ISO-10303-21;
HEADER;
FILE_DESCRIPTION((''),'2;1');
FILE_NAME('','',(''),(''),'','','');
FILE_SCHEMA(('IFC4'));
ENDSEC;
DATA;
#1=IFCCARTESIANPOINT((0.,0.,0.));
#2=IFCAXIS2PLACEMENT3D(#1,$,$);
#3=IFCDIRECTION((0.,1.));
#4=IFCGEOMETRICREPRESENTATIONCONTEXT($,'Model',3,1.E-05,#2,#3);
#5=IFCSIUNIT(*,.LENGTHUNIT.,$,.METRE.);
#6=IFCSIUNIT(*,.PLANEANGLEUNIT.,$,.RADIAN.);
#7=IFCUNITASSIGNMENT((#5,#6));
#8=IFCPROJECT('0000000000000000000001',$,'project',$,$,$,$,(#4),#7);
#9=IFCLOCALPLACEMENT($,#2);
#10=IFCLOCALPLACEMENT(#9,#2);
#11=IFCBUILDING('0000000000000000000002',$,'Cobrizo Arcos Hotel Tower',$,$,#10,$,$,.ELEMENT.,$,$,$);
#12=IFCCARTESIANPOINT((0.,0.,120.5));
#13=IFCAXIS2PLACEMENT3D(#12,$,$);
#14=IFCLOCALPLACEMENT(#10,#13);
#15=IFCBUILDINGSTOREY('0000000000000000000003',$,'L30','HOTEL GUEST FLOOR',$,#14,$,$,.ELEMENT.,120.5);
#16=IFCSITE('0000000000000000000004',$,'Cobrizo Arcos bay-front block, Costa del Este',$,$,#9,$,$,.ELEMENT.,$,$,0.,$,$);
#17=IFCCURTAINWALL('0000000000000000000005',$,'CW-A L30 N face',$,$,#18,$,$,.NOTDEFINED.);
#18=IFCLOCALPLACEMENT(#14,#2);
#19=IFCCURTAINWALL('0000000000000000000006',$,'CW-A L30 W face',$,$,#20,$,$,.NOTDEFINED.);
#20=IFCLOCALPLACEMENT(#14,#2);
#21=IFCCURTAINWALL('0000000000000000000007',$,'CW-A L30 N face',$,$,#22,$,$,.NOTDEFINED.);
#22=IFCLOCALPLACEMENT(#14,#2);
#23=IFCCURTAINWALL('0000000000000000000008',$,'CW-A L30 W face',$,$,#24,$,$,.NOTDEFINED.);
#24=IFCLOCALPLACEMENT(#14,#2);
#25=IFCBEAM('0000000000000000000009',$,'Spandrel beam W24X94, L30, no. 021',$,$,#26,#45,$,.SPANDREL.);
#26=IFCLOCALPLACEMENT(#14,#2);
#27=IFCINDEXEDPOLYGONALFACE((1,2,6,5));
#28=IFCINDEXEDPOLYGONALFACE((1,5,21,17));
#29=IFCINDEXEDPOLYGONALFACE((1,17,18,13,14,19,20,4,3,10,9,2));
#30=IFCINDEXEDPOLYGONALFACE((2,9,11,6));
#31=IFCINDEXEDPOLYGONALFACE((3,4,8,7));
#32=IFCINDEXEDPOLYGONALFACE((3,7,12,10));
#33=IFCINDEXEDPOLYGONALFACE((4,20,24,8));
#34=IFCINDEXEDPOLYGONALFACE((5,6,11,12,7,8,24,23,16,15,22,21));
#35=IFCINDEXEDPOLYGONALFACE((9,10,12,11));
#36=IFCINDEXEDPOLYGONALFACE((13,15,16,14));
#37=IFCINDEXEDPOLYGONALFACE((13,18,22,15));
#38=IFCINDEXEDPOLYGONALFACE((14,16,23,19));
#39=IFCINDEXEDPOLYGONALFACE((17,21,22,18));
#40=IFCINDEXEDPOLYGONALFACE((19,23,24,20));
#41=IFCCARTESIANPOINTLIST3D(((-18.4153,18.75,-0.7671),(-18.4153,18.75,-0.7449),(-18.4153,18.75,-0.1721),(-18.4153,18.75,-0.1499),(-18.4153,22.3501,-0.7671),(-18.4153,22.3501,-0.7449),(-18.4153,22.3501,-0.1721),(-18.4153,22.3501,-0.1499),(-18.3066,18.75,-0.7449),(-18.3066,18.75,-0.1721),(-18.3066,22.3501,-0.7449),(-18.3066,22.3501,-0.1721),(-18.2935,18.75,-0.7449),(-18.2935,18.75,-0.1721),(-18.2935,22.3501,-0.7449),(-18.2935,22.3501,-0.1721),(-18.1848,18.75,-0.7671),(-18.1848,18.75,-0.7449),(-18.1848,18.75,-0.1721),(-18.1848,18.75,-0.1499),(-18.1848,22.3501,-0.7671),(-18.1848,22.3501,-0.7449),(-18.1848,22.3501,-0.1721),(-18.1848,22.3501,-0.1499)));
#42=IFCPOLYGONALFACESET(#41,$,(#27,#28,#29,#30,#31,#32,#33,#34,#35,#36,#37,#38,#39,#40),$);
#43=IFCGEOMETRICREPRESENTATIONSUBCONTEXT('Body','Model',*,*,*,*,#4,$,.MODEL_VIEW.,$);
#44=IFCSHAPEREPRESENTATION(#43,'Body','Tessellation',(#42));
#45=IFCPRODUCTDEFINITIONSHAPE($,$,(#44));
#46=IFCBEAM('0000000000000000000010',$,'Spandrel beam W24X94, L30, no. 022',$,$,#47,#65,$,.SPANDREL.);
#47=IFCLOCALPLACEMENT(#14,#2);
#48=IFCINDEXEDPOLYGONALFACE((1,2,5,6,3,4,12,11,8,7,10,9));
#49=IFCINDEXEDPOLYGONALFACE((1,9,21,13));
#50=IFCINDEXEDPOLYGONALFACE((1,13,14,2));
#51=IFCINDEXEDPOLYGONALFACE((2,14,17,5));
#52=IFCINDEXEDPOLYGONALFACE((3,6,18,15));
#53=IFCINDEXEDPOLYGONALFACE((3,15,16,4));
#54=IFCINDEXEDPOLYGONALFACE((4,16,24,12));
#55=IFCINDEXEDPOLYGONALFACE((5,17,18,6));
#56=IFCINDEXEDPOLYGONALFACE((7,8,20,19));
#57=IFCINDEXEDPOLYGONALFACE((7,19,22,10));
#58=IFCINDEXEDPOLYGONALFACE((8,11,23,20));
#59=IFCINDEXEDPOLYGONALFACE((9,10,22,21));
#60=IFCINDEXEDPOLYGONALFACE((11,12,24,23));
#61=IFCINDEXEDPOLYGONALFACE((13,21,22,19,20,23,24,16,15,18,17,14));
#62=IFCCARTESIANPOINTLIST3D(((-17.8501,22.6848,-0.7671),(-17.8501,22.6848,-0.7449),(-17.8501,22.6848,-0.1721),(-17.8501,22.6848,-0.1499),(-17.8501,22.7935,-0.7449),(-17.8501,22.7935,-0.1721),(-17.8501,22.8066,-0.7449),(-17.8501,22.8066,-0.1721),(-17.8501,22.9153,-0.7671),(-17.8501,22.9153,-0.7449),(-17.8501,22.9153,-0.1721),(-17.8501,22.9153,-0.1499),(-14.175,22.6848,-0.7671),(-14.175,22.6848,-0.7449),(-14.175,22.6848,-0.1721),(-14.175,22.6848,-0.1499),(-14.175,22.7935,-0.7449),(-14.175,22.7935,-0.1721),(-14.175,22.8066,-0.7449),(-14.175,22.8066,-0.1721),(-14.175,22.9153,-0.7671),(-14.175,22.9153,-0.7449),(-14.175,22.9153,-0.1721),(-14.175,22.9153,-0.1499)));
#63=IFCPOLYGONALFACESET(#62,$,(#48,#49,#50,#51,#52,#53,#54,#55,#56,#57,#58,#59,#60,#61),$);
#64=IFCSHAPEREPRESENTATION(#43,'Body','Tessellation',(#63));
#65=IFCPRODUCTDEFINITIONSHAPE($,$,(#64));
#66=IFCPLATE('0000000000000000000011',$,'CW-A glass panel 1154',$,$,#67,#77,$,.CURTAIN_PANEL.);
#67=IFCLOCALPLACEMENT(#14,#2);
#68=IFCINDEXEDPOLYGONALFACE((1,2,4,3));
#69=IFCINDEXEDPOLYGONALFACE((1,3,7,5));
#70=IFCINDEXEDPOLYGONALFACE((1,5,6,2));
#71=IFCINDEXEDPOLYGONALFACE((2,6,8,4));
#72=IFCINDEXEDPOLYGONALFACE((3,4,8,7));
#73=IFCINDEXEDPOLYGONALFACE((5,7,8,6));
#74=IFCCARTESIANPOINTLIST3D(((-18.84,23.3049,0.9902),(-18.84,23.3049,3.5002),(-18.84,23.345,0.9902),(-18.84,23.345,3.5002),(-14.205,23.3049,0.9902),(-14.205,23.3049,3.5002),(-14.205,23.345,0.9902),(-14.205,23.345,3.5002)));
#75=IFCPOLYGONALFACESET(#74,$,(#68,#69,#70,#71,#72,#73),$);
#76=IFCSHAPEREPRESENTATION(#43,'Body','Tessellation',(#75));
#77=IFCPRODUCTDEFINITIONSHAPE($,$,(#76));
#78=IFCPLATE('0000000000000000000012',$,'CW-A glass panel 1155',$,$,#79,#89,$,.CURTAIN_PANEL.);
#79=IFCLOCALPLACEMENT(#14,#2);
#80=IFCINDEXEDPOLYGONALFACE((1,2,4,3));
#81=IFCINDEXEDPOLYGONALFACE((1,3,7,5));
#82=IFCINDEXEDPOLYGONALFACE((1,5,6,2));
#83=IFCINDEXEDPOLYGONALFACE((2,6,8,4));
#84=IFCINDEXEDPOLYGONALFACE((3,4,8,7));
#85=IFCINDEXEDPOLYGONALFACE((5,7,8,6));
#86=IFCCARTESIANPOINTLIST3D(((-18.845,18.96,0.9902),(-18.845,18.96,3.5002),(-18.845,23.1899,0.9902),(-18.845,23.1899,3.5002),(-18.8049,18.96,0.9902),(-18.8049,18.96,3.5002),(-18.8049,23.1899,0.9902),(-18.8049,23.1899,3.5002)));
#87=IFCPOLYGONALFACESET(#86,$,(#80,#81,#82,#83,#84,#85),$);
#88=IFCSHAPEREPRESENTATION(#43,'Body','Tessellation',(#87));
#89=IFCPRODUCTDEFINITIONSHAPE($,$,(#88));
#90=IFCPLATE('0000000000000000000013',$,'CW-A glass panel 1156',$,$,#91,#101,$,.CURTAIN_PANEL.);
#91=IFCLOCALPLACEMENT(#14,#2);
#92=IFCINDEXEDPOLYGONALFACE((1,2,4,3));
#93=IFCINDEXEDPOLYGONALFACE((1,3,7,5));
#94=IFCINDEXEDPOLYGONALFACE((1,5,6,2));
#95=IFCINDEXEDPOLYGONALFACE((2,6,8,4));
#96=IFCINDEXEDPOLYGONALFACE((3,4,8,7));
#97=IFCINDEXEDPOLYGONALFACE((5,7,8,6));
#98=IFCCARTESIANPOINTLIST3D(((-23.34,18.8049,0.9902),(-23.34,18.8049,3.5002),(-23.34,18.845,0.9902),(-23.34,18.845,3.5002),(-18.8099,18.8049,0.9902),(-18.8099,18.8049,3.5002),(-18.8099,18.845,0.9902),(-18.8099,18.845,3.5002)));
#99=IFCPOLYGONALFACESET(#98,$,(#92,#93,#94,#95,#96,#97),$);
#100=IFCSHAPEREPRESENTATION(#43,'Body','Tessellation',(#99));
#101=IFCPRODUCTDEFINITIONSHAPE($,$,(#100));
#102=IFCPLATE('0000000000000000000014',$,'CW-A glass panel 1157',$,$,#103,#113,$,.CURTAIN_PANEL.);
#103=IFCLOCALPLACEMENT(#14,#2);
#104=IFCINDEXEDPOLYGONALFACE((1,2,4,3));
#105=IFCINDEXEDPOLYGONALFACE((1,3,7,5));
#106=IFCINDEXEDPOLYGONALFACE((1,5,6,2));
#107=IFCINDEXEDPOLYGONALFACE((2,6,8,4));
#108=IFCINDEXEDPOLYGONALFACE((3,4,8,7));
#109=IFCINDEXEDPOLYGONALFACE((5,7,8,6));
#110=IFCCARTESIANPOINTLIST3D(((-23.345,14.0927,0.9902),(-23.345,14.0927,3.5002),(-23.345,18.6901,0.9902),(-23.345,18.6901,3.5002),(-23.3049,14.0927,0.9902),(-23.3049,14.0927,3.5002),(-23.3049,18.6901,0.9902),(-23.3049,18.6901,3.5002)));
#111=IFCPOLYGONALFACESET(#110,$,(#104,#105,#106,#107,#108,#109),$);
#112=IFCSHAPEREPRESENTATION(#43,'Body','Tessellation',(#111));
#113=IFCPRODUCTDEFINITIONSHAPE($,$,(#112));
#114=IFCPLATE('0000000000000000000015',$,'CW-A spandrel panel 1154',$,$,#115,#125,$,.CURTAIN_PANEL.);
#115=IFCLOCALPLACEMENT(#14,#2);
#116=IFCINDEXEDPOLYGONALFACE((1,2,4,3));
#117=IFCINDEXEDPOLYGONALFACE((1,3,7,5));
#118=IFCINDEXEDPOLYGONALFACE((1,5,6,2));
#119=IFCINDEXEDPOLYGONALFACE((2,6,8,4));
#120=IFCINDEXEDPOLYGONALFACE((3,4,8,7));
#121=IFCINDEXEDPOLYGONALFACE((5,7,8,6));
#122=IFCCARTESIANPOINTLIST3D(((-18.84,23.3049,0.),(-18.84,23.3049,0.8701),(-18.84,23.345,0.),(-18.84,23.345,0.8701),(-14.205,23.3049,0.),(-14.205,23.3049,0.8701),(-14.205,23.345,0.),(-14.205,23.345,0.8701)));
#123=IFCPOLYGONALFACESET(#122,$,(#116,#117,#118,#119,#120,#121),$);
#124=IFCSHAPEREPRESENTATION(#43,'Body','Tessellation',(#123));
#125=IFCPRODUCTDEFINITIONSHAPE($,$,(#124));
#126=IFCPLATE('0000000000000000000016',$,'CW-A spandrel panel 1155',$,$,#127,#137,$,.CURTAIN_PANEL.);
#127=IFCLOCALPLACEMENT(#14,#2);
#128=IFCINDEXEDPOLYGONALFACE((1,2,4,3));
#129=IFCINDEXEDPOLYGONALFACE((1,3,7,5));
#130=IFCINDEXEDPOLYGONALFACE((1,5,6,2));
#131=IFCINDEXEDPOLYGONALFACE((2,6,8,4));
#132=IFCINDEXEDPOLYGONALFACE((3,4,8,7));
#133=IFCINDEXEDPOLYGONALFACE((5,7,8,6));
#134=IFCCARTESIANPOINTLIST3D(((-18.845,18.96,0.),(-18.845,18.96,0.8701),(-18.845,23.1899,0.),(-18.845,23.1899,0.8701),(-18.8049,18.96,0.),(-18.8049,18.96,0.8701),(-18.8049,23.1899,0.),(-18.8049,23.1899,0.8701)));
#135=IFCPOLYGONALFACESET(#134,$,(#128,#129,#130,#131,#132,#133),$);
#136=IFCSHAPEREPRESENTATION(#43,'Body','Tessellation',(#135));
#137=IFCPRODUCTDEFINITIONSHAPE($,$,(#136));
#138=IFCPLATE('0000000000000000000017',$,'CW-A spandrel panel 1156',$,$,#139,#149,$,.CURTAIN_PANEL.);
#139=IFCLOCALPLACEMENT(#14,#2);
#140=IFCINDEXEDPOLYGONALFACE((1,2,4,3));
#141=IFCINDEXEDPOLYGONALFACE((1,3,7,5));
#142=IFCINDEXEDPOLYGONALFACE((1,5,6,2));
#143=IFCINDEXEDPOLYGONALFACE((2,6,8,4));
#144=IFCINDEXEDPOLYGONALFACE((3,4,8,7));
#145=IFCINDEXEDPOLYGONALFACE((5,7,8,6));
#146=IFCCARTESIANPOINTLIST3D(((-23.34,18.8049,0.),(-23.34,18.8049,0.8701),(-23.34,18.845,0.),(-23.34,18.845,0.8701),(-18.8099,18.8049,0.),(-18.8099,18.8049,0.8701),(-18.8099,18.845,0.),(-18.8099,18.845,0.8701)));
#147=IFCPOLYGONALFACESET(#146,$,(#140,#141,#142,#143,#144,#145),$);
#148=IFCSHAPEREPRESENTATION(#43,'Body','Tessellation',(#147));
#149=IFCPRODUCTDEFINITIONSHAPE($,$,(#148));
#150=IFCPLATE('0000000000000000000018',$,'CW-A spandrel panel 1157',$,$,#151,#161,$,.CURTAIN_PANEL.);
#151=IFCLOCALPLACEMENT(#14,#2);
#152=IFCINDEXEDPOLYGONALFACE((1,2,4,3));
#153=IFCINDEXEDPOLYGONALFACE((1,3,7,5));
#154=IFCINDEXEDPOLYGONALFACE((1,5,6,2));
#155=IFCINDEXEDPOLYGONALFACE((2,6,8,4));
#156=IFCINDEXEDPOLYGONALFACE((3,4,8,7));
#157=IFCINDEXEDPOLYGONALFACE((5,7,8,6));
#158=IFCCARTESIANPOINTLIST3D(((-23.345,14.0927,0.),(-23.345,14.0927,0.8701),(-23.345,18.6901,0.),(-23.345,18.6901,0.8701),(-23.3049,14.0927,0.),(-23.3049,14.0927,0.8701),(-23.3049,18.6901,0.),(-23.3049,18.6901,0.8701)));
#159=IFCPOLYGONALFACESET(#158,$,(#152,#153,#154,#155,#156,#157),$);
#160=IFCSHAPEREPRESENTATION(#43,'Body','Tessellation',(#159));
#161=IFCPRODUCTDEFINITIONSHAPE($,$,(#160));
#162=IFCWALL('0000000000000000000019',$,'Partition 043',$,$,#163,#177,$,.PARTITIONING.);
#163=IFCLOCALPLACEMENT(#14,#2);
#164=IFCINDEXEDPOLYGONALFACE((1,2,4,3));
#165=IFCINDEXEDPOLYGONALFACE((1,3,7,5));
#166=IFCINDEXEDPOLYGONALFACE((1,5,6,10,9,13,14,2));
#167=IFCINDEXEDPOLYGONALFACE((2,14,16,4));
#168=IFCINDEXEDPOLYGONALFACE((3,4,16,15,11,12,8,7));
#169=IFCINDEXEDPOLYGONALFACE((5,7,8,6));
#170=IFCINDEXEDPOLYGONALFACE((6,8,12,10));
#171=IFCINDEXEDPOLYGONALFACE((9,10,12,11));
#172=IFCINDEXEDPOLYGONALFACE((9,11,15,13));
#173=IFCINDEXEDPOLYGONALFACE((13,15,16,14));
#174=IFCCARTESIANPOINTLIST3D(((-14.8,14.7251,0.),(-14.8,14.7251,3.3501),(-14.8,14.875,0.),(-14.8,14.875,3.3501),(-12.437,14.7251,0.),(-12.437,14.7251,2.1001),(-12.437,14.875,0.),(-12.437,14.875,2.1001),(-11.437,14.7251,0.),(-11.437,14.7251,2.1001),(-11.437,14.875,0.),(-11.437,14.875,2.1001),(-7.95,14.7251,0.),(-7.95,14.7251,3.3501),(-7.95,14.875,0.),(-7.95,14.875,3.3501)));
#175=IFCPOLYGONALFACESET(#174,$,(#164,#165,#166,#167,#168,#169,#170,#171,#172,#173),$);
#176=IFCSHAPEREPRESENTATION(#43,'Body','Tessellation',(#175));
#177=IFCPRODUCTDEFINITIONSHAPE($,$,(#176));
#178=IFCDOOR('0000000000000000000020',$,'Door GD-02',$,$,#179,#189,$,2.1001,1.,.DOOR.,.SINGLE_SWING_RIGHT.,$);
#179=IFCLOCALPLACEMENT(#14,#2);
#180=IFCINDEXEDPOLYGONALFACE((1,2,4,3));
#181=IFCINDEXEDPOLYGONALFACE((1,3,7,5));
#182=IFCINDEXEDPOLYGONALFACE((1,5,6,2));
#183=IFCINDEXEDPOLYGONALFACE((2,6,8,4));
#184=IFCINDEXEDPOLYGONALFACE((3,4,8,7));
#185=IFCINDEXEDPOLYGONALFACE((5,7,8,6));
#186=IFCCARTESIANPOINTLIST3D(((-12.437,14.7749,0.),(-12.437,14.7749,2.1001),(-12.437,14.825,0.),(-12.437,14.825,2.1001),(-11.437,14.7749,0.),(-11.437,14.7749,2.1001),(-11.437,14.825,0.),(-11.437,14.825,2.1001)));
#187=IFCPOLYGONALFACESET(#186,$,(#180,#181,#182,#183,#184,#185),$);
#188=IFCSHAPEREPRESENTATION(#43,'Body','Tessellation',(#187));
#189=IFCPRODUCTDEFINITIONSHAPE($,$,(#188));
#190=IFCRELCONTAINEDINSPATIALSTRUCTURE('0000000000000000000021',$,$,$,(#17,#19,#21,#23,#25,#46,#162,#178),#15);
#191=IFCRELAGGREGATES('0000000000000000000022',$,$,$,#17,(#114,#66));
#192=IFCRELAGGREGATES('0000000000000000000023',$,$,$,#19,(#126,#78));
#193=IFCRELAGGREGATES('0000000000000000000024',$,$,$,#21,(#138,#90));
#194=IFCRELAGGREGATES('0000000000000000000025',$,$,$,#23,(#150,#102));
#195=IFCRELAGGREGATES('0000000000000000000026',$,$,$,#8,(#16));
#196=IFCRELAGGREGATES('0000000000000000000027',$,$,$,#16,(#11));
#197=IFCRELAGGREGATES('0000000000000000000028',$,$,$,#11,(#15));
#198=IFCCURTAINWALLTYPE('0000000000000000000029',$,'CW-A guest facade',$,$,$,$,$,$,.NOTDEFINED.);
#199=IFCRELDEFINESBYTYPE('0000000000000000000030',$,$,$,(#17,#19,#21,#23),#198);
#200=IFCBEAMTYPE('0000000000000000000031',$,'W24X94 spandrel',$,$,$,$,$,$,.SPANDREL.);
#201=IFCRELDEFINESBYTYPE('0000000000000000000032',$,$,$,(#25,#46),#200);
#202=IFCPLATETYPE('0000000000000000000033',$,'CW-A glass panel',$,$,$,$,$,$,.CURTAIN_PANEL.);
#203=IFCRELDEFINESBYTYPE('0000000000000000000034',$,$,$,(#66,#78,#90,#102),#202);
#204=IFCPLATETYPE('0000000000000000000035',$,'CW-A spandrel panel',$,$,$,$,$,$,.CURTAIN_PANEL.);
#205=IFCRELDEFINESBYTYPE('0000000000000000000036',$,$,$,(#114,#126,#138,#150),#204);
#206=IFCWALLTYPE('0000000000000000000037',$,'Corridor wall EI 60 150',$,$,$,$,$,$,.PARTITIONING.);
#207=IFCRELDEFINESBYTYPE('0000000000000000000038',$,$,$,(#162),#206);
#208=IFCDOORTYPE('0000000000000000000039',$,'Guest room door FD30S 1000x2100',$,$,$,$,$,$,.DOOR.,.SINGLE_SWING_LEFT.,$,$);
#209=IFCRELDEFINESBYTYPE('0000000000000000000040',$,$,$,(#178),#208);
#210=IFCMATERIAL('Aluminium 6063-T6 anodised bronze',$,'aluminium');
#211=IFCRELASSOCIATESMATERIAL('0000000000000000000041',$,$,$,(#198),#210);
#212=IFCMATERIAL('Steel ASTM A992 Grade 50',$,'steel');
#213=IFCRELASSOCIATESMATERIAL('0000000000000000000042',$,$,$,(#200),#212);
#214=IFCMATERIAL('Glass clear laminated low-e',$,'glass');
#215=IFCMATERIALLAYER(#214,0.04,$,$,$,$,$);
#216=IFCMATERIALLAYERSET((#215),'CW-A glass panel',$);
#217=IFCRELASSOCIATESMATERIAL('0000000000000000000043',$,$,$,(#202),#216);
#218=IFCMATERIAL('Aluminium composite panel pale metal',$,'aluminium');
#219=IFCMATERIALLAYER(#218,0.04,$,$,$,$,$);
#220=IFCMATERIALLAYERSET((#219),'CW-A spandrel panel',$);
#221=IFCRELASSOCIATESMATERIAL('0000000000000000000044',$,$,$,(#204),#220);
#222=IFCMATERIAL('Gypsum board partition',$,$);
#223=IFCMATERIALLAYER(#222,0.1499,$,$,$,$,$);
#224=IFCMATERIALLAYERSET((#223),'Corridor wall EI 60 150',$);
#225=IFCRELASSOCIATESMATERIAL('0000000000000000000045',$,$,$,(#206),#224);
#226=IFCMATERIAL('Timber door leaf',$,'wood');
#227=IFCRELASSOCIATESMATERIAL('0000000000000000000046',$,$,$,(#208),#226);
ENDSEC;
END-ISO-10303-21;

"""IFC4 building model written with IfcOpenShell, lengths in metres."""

from ifc_helpers import new_model, si_unit, direction, frame, frame_2d, origin, origin_2d, place, context, subcontext, project, spatial, rectangle, i_section, extrude, material, layer, layer_set, material_profile, profile_set, type_object, element, fill, aggregate, save


model = new_model("IFC4")

# Units and contexts
model_context = context("Model", 3, precision=1e-05, world=origin(), true_north=direction((0.0, 1.0)))
body_context = subcontext(model_context, "Body", "Model", "MODEL_VIEW")
ifc_project = project(units=[si_unit("LENGTHUNIT", "METRE"), si_unit("PLANEANGLEUNIT", "RADIAN")], contexts=[model_context])

# Site, building, storey
site_placement = place(None, origin())
site = spatial("IfcSite", under=ifc_project, at=site_placement, Name="Cobrizo Arcos bay-front block, Costa del Este", CompositionType="ELEMENT", RefElevation=0.0)
building_placement = place(site_placement, origin())
building = spatial("IfcBuilding", under=site, at=building_placement, Name="Cobrizo Arcos Hotel Tower", CompositionType="ELEMENT")
storey_placement = place(building_placement, frame((0.0, 0.0, 120.5)))
storey = spatial("IfcBuildingStorey", under=building, at=storey_placement, Name="L30", Description="HOTEL GUEST FLOOR", CompositionType="ELEMENT", Elevation=120.5)

# Curtain wall
ifc_material_1 = material(Name="Aluminium 6063-T6 anodised bronze", Category="aluminium")
curtain_wall_type = type_object("IfcCurtainWallType", Name="CW-A guest facade", PredefinedType="NOTDEFINED", material=ifc_material_1)
curtain_wall_1_placement = place(storey_placement, origin())
curtain_wall_1 = element("IfcCurtainWall", 1, at=curtain_wall_1_placement, inside=storey, type_object=curtain_wall_type, Name="CW-A L30 N face", PredefinedType="NOTDEFINED")

# Curtain walls
curtain_wall_2_placement = place(storey_placement, origin())
curtain_wall_2 = element("IfcCurtainWall", 2, at=curtain_wall_2_placement, inside=storey, type_object=curtain_wall_type, Name="CW-A L30 W face", PredefinedType="NOTDEFINED")
curtain_wall_3_placement = place(storey_placement, origin())
curtain_wall_3 = element("IfcCurtainWall", 3, at=curtain_wall_3_placement, inside=storey, type_object=curtain_wall_type, Name="CW-A L30 N face", PredefinedType="NOTDEFINED")

# Curtain wall
curtain_wall_4_placement = place(storey_placement, origin())
curtain_wall_4 = element("IfcCurtainWall", 4, at=curtain_wall_4_placement, inside=storey, type_object=curtain_wall_type, Name="CW-A L30 W face", PredefinedType="NOTDEFINED")

# Beams
ifc_material_2 = material(Name="Steel ASTM A992 Grade 50", Category="steel")
ifc_material_profile_1 = material_profile(ifc_material_2, i_section(OverallWidth=0.2305, OverallDepth=0.6172, WebThickness=0.0132, FlangeThickness=0.0222, at=origin_2d()), Name="W24X94")
ifc_profile_set_1 = profile_set([ifc_material_profile_1], Name="Steel ASTM A992 Grade 50")
beam_type = type_object("IfcBeamType", Name="W24X94 spandrel", PredefinedType="SPANDREL", material=ifc_profile_set_1)
for number, where, z_axis, x_axis, name in (
    (5, (-18.3, 18.75, -0.4585), (0.0, 1.0, 0.0), (-1.0, 0.0, 0.0), "Spandrel beam W24X94, L30, no. 021"),
):
    element("IfcBeam", number, at=place(storey_placement, frame(where, z_axis=z_axis, x_axis=x_axis)), inside=storey, type_object=beam_type, Name=name, PredefinedType="SPANDREL", context=body_context, shape_type="SweptSolid", body=[
        extrude(i_section(OverallWidth=0.2305, OverallDepth=0.6172, WebThickness=0.0132, FlangeThickness=0.0222, at=origin_2d()), origin(), (0.0, 0.0, 1.0), 3.6001),
    ])
beam_placement = place(storey_placement, frame((-17.8501, 22.8, -0.4585), z_axis=(1.0, 0.0, 0.0), x_axis=(0.0, 1.0, 0.0)))
element("IfcBeam", 6, at=beam_placement, inside=storey, type_object=beam_type, Name="Spandrel beam W24X94, L30, no. 022", PredefinedType="SPANDREL", context=body_context, shape_type="SweptSolid", body=[
    extrude(i_section(OverallWidth=0.2305, OverallDepth=0.6172, WebThickness=0.0132, FlangeThickness=0.0222, at=origin_2d()), origin(), (0.0, 0.0, 1.0), 3.675),
])

# Plates
ifc_material_3 = material(Name="Glass clear laminated low-e", Category="glass")
ifc_layer_1 = layer(ifc_material_3, 0.04)
ifc_layer_set_1 = layer_set([ifc_layer_1], Name="CW-A glass panel")
plate_type_1 = type_object("IfcPlateType", Name="CW-A glass panel", PredefinedType="CURTAIN_PANEL", material=ifc_layer_set_1)
plate_1_placement = place(storey_placement, frame((-16.5225, 23.325, 0.9902), z_axis=(0.0, 0.0, 1.0), x_axis=(-1.0, 0.0, 0.0)))
plate_1 = element("IfcPlate", 7, at=plate_1_placement, type_object=plate_type_1, Name="CW-A glass panel 1154", PredefinedType="CURTAIN_PANEL", context=body_context, shape_type="SweptSolid", body=[
    extrude(rectangle(XDim=4.635, YDim=0.04, at=origin_2d()), origin(), (0.0, 0.0, 1.0), 2.51),
])
plate_2_placement = place(storey_placement, frame((-18.825, 21.075, 0.9902), z_axis=(0.0, 0.0, 1.0), x_axis=(0.0, -1.0, 0.0)))
plate_2 = element("IfcPlate", 8, at=plate_2_placement, type_object=plate_type_1, Name="CW-A glass panel 1155", PredefinedType="CURTAIN_PANEL", context=body_context, shape_type="SweptSolid", body=[
    extrude(rectangle(XDim=4.23, YDim=0.04, at=origin_2d()), origin(), (0.0, 0.0, 1.0), 2.51),
])
plate_3_placement = place(storey_placement, frame((-21.075, 18.825, 0.9902), z_axis=(0.0, 0.0, 1.0), x_axis=(-1.0, 0.0, 0.0)))
plate_3 = element("IfcPlate", 9, at=plate_3_placement, type_object=plate_type_1, Name="CW-A glass panel 1156", PredefinedType="CURTAIN_PANEL", context=body_context, shape_type="SweptSolid", body=[
    extrude(rectangle(XDim=4.53, YDim=0.04, at=origin_2d()), origin(), (0.0, 0.0, 1.0), 2.51),
])
plate_4_placement = place(storey_placement, frame((-23.325, 16.3914, 0.9902), z_axis=(0.0, 0.0, 1.0), x_axis=(0.0, -1.0, 0.0)))
plate_4 = element("IfcPlate", 10, at=plate_4_placement, type_object=plate_type_1, Name="CW-A glass panel 1157", PredefinedType="CURTAIN_PANEL", context=body_context, shape_type="SweptSolid", body=[
    extrude(rectangle(XDim=4.5974, YDim=0.04, at=origin_2d()), origin(), (0.0, 0.0, 1.0), 2.51),
])
ifc_material_4 = material(Name="Aluminium composite panel pale metal", Category="aluminium")
ifc_layer_2 = layer(ifc_material_4, 0.04)
ifc_layer_set_2 = layer_set([ifc_layer_2], Name="CW-A spandrel panel")
plate_type_2 = type_object("IfcPlateType", Name="CW-A spandrel panel", PredefinedType="CURTAIN_PANEL", material=ifc_layer_set_2)
plate_5_placement = place(storey_placement, frame((-16.5225, 23.325, 0.0), z_axis=(0.0, 0.0, 1.0), x_axis=(-1.0, 0.0, 0.0)))
plate_5 = element("IfcPlate", 11, at=plate_5_placement, type_object=plate_type_2, Name="CW-A spandrel panel 1154", PredefinedType="CURTAIN_PANEL", context=body_context, shape_type="SweptSolid", body=[
    extrude(rectangle(XDim=4.635, YDim=0.04, at=origin_2d()), origin(), (0.0, 0.0, 1.0), 0.8701),
])
aggregate(curtain_wall_1, [plate_5, plate_1])
plate_6_placement = place(storey_placement, frame((-18.825, 21.075, 0.0), z_axis=(0.0, 0.0, 1.0), x_axis=(0.0, -1.0, 0.0)))
plate_6 = element("IfcPlate", 12, at=plate_6_placement, type_object=plate_type_2, Name="CW-A spandrel panel 1155", PredefinedType="CURTAIN_PANEL", context=body_context, shape_type="SweptSolid", body=[
    extrude(rectangle(XDim=4.23, YDim=0.04, at=origin_2d()), origin(), (0.0, 0.0, 1.0), 0.8701),
])
aggregate(curtain_wall_2, [plate_6, plate_2])
plate_7_placement = place(storey_placement, frame((-21.075, 18.825, 0.0), z_axis=(0.0, 0.0, 1.0), x_axis=(-1.0, 0.0, 0.0)))
plate_7 = element("IfcPlate", 13, at=plate_7_placement, type_object=plate_type_2, Name="CW-A spandrel panel 1156", PredefinedType="CURTAIN_PANEL", context=body_context, shape_type="SweptSolid", body=[
    extrude(rectangle(XDim=4.53, YDim=0.04, at=origin_2d()), origin(), (0.0, 0.0, 1.0), 0.8701),
])
aggregate(curtain_wall_3, [plate_7, plate_3])
plate_8_placement = place(storey_placement, frame((-23.325, 16.3914, 0.0), z_axis=(0.0, 0.0, 1.0), x_axis=(0.0, -1.0, 0.0)))
plate_8 = element("IfcPlate", 14, at=plate_8_placement, type_object=plate_type_2, Name="CW-A spandrel panel 1157", PredefinedType="CURTAIN_PANEL", context=body_context, shape_type="SweptSolid", body=[
    extrude(rectangle(XDim=4.5974, YDim=0.04, at=origin_2d()), origin(), (0.0, 0.0, 1.0), 0.8701),
])
aggregate(curtain_wall_4, [plate_8, plate_4])

# Wall, opening, door
ifc_material_5 = material(Name="Gypsum board partition")
ifc_layer_3 = layer(ifc_material_5, 0.1499)
ifc_layer_set_3 = layer_set([ifc_layer_3], Name="Corridor wall EI 60 150")
wall_type_1 = type_object("IfcWallType", Name="Corridor wall EI 60 150", PredefinedType="PARTITIONING", material=ifc_layer_set_3)
wall_1_placement = place(storey_placement, frame((-14.8, 14.8, 0.0), z_axis=(0.0, 0.0, 1.0), x_axis=(1.0, 0.0, 0.0)))
wall_1 = element("IfcWall", 15, at=wall_1_placement, inside=storey, type_object=wall_type_1, Name="Partition 043", PredefinedType="PARTITIONING", context=body_context, shape_type="SweptSolid", body=[
    extrude(rectangle(XDim=6.8501, YDim=0.1499, at=frame_2d((3.425, 0.0))), origin(), (0.0, 0.0, 1.0), 3.3501),
])
opening_1_placement = place(wall_1_placement, frame((2.363, 0.0, 0.0)))
opening_1 = element("IfcOpeningElement", 16, at=opening_1_placement, cuts=wall_1, PredefinedType="OPENING", context=body_context, shape_type="SweptSolid", body=[
    extrude(rectangle(XDim=1.0, YDim=2.1001, at=frame_2d((0.5, 1.05))), frame((0.0, 0.0869, 0.0), z_axis=(0.0, -1.0, 0.0), x_axis=(1.0, 0.0, 0.0)), (0.0, 0.0, 1.0), 0.1738),
])
ifc_material_6 = material(Name="Timber door leaf", Category="wood")
door_type_1 = type_object("IfcDoorType", Name="Guest room door FD30S 1000x2100", OperationType="SINGLE_SWING_LEFT", PredefinedType="DOOR", material=ifc_material_6)
door_1_placement = place(opening_1_placement, origin())
door_1 = element("IfcDoor", 17, at=door_1_placement, inside=storey, type_object=door_type_1, Name="Door GD-02", OperationType="SINGLE_SWING_RIGHT", OverallHeight=2.1001, OverallWidth=1.0, PredefinedType="DOOR", context=body_context, shape_type="SweptSolid", body=[
    extrude(rectangle(XDim=1.0, YDim=2.1001, at=frame_2d((0.5, 1.05))), frame((0.0, 0.0249, 0.0), z_axis=(0.0, -1.0, 0.0), x_axis=(1.0, 0.0, 0.0)), (0.0, 0.0, 1.0), 0.05),
])
fill(opening_1, door_1)

save(model, "model.ifc")
